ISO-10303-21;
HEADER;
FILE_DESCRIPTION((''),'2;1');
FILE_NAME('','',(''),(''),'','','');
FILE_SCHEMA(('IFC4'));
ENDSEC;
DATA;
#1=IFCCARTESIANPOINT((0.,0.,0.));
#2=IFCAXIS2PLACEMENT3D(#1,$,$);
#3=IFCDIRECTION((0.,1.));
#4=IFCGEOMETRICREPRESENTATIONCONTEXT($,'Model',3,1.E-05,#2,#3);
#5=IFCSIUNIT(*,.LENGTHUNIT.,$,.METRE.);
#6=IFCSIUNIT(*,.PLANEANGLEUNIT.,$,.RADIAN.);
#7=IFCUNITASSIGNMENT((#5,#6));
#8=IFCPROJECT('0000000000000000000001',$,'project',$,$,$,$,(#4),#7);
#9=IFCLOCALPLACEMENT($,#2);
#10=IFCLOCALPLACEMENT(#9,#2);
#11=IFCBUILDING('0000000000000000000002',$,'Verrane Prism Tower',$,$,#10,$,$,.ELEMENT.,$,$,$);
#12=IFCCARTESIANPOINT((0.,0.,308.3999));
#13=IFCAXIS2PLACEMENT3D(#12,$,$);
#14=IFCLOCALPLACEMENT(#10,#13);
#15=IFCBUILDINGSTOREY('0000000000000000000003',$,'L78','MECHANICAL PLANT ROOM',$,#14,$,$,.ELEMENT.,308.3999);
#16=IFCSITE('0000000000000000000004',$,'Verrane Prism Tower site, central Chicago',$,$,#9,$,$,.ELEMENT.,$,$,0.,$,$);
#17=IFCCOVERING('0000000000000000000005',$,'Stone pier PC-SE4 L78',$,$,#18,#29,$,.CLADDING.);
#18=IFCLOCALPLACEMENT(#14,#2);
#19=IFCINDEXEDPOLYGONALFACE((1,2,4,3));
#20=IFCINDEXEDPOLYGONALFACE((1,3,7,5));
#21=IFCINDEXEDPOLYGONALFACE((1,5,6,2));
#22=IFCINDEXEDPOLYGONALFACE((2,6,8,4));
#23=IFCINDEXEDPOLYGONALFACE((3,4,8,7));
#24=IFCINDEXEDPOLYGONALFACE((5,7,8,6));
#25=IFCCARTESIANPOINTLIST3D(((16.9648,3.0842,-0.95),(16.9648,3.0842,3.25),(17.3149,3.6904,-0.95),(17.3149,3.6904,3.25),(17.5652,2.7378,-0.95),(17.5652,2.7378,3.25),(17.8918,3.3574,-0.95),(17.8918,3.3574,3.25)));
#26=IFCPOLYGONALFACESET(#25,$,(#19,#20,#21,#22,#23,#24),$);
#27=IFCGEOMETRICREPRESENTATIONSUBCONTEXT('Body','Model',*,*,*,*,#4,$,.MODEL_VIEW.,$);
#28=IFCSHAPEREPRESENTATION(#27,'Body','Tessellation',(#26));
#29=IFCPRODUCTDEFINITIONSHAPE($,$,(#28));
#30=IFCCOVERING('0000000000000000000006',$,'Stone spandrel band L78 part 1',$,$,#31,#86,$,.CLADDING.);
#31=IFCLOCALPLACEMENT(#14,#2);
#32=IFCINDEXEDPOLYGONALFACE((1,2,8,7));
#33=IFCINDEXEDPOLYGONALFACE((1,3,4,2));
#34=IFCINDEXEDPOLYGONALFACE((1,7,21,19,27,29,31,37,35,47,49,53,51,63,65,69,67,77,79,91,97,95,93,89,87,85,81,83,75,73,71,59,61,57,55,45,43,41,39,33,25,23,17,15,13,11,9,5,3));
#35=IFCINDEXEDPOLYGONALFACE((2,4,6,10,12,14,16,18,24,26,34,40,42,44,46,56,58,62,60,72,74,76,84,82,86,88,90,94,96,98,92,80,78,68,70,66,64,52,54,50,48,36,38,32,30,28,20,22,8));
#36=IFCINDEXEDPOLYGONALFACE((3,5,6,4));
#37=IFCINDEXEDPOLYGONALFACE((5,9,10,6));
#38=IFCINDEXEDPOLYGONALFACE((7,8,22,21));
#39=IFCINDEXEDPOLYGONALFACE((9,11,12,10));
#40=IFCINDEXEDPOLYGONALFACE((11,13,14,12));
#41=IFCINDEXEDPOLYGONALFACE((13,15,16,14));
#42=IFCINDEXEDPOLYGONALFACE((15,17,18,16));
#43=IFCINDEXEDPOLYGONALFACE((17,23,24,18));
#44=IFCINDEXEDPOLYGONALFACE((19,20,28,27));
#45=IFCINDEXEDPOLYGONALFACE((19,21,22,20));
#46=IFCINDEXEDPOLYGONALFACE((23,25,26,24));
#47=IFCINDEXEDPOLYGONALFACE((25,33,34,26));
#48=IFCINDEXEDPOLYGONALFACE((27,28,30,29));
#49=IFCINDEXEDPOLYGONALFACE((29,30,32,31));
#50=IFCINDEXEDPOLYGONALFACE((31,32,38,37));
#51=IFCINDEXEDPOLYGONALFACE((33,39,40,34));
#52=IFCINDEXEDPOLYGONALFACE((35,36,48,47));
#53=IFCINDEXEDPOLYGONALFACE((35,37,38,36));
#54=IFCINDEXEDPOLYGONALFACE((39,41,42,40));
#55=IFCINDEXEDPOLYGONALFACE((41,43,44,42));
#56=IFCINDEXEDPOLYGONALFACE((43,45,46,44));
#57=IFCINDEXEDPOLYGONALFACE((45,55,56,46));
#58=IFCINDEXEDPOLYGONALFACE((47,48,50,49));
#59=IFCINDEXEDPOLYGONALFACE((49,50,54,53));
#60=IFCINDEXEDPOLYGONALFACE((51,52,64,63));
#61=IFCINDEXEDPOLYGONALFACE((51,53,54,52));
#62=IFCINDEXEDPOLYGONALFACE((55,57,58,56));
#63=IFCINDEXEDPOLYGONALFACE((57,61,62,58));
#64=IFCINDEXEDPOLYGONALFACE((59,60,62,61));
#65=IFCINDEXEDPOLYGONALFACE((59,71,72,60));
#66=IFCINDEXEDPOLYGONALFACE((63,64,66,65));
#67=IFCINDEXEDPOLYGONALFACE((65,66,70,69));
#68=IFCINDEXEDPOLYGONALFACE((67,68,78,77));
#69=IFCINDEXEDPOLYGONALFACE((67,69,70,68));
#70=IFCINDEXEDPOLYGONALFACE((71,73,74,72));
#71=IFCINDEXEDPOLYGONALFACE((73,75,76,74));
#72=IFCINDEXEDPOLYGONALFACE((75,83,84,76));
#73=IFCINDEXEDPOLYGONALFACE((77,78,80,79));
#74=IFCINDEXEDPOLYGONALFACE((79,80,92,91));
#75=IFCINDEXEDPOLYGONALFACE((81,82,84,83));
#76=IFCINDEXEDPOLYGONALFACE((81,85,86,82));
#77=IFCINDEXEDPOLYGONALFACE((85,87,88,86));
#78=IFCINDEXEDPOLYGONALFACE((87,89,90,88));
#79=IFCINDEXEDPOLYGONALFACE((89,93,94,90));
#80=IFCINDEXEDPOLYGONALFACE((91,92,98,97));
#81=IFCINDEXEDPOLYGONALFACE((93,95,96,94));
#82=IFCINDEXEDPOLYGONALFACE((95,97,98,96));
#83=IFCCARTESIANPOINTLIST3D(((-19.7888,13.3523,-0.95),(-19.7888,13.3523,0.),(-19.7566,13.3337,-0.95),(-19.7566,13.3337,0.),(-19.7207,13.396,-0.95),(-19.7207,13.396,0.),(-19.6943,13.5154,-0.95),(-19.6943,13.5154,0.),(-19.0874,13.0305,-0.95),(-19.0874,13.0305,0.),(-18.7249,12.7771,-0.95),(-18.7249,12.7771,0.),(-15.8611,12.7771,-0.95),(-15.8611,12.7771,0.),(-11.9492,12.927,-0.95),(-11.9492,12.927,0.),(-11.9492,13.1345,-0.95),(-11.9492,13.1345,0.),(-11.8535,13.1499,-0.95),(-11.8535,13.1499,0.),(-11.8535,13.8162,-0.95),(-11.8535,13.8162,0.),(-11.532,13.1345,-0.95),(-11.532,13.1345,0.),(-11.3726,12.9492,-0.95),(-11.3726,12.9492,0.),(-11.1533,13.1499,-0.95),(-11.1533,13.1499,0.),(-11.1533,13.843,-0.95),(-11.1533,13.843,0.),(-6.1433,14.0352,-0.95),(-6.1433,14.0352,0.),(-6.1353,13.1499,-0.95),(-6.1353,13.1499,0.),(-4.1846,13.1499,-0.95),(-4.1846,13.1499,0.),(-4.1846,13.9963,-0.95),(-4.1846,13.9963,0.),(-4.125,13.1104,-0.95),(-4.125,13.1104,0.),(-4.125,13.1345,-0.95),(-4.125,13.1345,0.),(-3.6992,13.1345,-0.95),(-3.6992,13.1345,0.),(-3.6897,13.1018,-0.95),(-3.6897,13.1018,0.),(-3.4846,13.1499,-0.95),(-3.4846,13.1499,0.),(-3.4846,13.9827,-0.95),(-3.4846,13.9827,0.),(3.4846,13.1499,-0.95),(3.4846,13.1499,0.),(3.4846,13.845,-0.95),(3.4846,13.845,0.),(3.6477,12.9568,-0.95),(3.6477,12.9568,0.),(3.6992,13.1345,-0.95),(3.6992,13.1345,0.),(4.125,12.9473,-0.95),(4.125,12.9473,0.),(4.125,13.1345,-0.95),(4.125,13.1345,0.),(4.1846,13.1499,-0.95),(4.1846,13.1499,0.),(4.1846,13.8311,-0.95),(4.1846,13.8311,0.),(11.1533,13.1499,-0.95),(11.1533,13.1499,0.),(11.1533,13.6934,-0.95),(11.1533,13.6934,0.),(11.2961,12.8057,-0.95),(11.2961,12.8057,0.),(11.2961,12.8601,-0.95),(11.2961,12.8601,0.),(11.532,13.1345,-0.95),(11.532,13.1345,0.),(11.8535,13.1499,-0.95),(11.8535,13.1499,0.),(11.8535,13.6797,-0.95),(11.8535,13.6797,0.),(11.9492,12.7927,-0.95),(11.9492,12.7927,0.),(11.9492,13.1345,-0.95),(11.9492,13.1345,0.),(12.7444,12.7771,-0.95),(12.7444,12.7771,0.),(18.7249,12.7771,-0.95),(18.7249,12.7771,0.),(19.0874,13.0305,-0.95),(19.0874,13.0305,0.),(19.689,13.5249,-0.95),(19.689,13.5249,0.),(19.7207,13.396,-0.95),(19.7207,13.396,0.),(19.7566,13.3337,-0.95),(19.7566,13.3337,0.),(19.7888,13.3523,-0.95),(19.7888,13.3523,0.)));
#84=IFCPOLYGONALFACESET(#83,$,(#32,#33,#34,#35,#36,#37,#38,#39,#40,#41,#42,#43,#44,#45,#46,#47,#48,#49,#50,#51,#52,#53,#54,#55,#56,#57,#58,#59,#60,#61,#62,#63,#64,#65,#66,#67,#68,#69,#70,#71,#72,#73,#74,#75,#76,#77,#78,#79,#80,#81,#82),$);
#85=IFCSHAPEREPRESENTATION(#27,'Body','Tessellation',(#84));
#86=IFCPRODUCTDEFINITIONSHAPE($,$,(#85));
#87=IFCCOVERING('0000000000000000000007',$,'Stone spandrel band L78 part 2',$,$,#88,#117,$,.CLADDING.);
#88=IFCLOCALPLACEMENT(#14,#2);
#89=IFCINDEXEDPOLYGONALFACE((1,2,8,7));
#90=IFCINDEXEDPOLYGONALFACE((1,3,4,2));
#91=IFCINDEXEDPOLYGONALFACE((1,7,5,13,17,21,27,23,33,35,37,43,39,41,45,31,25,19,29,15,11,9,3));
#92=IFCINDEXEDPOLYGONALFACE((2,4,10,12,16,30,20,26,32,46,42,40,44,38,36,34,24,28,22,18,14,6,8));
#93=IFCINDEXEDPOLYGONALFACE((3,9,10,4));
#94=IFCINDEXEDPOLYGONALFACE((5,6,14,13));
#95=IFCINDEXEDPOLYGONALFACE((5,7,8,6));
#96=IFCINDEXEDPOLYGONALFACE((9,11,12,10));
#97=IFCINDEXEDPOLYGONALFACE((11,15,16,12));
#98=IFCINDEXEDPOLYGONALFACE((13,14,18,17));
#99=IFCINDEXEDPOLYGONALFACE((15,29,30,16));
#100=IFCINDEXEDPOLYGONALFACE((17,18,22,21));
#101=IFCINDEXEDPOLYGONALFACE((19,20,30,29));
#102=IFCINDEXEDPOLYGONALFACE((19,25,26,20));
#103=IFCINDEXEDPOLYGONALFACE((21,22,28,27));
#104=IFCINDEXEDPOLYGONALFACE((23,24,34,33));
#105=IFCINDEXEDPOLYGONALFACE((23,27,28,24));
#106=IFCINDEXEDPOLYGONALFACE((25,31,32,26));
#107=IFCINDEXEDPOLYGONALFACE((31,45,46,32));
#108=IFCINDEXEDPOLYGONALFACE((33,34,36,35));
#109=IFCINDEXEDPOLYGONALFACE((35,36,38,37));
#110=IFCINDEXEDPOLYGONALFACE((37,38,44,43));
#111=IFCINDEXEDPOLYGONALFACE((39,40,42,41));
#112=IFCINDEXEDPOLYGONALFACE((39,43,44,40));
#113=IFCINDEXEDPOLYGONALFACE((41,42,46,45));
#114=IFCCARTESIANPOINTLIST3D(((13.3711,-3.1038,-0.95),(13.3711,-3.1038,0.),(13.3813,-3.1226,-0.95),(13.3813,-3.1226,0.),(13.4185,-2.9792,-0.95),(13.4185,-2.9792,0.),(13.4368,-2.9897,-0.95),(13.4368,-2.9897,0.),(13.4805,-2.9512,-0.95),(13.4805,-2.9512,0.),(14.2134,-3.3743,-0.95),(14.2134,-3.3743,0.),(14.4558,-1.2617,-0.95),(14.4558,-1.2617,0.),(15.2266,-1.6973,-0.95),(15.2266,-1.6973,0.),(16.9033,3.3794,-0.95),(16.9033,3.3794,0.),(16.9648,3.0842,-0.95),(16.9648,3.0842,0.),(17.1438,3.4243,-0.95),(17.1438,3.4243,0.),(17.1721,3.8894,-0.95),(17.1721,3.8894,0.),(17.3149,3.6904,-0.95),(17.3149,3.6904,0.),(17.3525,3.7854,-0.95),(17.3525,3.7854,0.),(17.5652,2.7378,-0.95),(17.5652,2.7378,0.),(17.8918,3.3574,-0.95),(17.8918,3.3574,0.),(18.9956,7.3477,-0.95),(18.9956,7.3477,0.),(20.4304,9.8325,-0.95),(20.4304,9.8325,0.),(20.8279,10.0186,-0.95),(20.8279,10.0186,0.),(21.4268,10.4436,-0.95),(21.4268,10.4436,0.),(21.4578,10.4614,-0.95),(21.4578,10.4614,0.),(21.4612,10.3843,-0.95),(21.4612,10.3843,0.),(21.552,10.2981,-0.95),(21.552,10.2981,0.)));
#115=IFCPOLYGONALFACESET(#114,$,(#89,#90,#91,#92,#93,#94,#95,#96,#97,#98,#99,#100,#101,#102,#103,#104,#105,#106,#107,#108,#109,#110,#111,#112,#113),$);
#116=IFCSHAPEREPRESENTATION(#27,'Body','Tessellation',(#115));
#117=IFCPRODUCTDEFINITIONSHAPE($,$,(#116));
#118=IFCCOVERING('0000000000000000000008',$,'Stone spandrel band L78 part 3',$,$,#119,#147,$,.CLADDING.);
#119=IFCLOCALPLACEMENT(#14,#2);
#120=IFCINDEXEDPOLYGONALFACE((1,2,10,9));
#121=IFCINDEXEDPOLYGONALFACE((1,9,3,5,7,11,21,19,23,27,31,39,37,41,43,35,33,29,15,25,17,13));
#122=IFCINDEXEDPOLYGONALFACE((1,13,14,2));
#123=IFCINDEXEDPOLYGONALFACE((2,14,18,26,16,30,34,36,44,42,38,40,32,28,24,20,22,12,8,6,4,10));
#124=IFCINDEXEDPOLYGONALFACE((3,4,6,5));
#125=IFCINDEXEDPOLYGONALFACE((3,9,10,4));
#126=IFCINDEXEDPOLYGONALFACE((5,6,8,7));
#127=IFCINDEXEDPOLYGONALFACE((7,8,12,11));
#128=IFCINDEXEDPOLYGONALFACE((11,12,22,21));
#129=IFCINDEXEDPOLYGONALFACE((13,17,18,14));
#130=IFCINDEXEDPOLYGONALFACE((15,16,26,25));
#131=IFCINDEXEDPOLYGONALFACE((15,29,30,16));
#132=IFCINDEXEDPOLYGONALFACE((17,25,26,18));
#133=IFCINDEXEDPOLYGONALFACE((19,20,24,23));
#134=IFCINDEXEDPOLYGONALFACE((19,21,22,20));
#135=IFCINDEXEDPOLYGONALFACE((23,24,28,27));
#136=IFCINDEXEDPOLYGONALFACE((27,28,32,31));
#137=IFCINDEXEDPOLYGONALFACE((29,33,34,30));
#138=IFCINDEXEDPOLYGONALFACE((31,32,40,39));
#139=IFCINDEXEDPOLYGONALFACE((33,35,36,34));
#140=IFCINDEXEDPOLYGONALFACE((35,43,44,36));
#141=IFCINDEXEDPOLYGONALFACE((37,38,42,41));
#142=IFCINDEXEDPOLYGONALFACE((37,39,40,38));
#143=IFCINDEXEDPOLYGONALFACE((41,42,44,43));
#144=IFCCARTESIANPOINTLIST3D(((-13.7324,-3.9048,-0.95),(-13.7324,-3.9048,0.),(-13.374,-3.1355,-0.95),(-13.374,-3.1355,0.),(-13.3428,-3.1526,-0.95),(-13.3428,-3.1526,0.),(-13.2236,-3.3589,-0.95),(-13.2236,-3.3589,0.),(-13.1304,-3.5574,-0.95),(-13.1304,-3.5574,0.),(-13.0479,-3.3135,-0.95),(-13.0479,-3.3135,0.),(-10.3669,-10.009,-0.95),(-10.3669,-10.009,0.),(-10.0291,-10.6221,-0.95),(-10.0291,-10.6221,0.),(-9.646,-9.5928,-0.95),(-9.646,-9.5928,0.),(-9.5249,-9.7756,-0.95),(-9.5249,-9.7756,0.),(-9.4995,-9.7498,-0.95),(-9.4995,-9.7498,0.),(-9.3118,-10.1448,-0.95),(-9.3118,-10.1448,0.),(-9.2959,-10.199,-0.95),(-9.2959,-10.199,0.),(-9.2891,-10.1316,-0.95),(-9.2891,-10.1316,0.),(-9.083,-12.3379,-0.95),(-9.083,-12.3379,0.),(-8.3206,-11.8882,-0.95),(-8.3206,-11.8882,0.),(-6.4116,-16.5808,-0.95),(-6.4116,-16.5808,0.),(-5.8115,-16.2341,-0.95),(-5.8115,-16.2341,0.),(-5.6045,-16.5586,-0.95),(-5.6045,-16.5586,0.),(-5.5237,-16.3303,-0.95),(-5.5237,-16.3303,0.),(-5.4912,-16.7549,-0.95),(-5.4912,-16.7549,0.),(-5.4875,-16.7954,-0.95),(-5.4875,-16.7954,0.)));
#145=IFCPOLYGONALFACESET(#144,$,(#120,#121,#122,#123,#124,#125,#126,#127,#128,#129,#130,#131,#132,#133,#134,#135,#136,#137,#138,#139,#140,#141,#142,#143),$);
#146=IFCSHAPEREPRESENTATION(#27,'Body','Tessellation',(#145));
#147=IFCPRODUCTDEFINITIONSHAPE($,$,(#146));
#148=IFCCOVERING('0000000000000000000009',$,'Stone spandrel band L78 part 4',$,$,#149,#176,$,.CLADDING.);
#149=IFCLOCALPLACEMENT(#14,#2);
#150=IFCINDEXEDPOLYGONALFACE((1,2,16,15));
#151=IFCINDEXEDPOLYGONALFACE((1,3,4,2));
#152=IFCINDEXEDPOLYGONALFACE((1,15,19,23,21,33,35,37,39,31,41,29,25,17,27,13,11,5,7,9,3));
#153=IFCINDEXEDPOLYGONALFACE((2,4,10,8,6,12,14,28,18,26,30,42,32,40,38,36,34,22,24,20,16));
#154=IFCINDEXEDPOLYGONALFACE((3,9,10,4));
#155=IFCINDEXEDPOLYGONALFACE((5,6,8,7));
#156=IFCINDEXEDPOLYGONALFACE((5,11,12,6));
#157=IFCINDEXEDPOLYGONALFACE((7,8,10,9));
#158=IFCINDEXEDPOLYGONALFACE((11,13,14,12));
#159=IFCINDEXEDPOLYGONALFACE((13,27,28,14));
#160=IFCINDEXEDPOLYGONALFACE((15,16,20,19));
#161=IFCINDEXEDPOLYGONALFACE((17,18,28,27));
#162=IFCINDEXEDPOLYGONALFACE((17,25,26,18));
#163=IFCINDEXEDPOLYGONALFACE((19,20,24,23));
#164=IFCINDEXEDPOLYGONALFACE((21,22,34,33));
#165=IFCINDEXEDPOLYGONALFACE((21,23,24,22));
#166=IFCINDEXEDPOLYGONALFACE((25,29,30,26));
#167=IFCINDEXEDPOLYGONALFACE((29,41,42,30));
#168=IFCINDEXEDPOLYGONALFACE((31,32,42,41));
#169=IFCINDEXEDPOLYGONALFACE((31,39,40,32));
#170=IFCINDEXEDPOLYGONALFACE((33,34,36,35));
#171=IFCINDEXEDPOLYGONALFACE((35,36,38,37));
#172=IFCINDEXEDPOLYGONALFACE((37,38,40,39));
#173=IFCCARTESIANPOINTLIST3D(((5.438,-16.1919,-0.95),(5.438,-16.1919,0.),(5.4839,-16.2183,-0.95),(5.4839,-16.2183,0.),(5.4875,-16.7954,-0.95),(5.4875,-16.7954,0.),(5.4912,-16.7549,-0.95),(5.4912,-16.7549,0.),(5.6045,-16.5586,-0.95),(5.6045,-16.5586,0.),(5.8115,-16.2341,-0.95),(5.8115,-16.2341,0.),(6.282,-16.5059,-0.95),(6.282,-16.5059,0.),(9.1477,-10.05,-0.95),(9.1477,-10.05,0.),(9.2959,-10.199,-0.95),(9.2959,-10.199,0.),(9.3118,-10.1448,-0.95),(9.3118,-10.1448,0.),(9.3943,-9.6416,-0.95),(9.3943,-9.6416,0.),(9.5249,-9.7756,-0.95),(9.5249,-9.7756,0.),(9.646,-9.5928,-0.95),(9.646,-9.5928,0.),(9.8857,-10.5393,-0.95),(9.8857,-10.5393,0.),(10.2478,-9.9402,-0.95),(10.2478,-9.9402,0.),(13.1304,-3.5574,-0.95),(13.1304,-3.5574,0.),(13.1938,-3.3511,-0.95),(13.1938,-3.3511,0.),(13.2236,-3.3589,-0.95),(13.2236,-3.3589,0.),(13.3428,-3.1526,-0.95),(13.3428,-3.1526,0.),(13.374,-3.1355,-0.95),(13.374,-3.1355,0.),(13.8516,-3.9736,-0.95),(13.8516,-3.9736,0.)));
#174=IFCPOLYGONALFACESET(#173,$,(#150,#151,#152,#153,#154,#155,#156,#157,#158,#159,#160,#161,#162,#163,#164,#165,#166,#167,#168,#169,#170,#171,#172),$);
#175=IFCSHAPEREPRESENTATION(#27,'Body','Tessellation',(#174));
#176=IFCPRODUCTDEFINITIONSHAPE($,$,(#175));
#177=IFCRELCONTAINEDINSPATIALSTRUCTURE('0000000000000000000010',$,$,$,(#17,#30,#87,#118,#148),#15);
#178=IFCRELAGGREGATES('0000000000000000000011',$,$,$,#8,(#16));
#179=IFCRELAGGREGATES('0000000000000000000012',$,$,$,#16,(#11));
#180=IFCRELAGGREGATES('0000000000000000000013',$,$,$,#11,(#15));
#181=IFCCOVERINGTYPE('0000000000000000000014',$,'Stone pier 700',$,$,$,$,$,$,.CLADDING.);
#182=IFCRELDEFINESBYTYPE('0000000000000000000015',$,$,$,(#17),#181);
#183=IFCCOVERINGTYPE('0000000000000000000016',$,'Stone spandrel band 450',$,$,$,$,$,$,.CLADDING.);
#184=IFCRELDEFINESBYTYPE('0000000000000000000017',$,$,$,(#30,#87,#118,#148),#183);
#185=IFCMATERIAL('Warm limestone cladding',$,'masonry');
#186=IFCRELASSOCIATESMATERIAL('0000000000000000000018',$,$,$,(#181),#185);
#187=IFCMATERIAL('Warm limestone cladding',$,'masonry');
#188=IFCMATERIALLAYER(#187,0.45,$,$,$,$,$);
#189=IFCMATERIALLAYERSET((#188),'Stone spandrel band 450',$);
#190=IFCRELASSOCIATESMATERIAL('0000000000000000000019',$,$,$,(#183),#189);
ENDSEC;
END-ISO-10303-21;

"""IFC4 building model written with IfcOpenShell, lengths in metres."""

from ifc_helpers import new_model, si_unit, direction, frame, origin, place, context, subcontext, project, spatial, polyline, outline, extrude, material, layer, layer_set, type_object, element, save


model = new_model("IFC4")

# Units and contexts
model_context = context("Model", 3, precision=1e-05, world=origin(), true_north=direction((0.0, 1.0)))
body_context = subcontext(model_context, "Body", "Model", "MODEL_VIEW")
ifc_project = project(units=[si_unit("LENGTHUNIT", "METRE"), si_unit("PLANEANGLEUNIT", "RADIAN")], contexts=[model_context])

# Site, building, storey
site_placement = place(None, origin())
site = spatial("IfcSite", under=ifc_project, at=site_placement, Name="Verrane Prism Tower site, central Chicago", CompositionType="ELEMENT", RefElevation=0.0)
building_placement = place(site_placement, origin())
building = spatial("IfcBuilding", under=site, at=building_placement, Name="Verrane Prism Tower", CompositionType="ELEMENT")
storey_placement = place(building_placement, frame((0.0, 0.0, 308.3999)))
storey = spatial("IfcBuildingStorey", under=building, at=storey_placement, Name="L78", Description="MECHANICAL PLANT ROOM", CompositionType="ELEMENT", Elevation=308.3999)

# Coverings
ifc_material_1 = material(Name="Warm limestone cladding", Category="masonry")
covering_type_1 = type_object("IfcCoveringType", Name="Stone pier 700", PredefinedType="CLADDING", material=ifc_material_1)
covering_1_placement = place(storey_placement, frame((0.0, 0.0, -0.95)))
element("IfcCovering", 1, at=covering_1_placement, inside=storey, type_object=covering_type_1, Name="Stone pier PC-SE4 L78", PredefinedType="CLADDING", context=body_context, shape_type="SweptSolid", body=[
    extrude(outline(polyline([(17.3149, 3.6904), (16.9648, 3.0842), (17.5652, 2.7378), (17.8918, 3.3574), (17.3149, 3.6904)])), origin(), (0.0, 0.0, 1.0), 4.2),
])
ifc_material_2 = material(Name="Warm limestone cladding", Category="masonry")
ifc_layer_1 = layer(ifc_material_2, 0.45)
ifc_layer_set_1 = layer_set([ifc_layer_1], Name="Stone spandrel band 450")
covering_type_2 = type_object("IfcCoveringType", Name="Stone spandrel band 450", PredefinedType="CLADDING", material=ifc_layer_set_1)
covering_2_placement = place(storey_placement, frame((0.0, 0.0, -0.95)))
element("IfcCovering", 2, at=covering_2_placement, inside=storey, type_object=covering_type_2, Name="Stone spandrel band L78 part 1", PredefinedType="CLADDING", context=body_context, shape_type="SweptSolid", body=[
    extrude(outline(polyline([(-19.7888, 13.3523), (-19.7566, 13.3337), (-19.7207, 13.396), (-19.0874, 13.0305), (-18.7249, 12.7771), (-15.8611, 12.7771), (-11.9492, 12.927), (-11.9492, 13.1345), (-11.532, 13.1345), (-11.3726, 12.9492), (-6.1353, 13.1499), (-4.125, 13.1104), (-4.125, 13.1345), (-3.6992, 13.1345), (-3.6897, 13.1018), (3.6477, 12.9568), (3.6992, 13.1345), (4.125, 13.1345), (4.125, 12.9473), (11.2961, 12.8057), (11.2961, 12.8601), (11.532, 13.1345), (11.9492, 13.1345), (11.9492, 12.7927), (12.7444, 12.7771), (18.7249, 12.7771), (19.0874, 13.0305), (19.7207, 13.396), (19.7566, 13.3337), (19.7888, 13.3523), (19.689, 13.5249), (11.8535, 13.6797), (11.8535, 13.1499), (11.1533, 13.1499), (11.1533, 13.6934), (4.1846, 13.8311), (4.1846, 13.1499), (3.4846, 13.1499), (3.4846, 13.845), (-3.4846, 13.9827), (-3.4846, 13.1499), (-4.1846, 13.1499), (-4.1846, 13.9963), (-6.1433, 14.0352), (-11.1533, 13.843), (-11.1533, 13.1499), (-11.8535, 13.1499), (-11.8535, 13.8162), (-19.6943, 13.5154), (-19.7888, 13.3523)])), origin(), (0.0, 0.0, 1.0), 0.95),
])
covering_3_placement = place(storey_placement, frame((0.0, 0.0, -0.95)))
element("IfcCovering", 3, at=covering_3_placement, inside=storey, type_object=covering_type_2, Name="Stone spandrel band L78 part 2", PredefinedType="CLADDING", context=body_context, shape_type="SweptSolid", body=[
    extrude(outline(polyline([(21.4578, 10.4614), (21.4268, 10.4436), (21.4612, 10.3843), (20.8279, 10.0186), (20.4304, 9.8325), (18.9956, 7.3477), (17.1721, 3.8894), (17.3525, 3.7854), (17.1438, 3.4243), (16.9033, 3.3794), (14.4558, -1.2617), (13.4185, -2.9792), (13.4368, -2.9897), (13.3711, -3.1038), (13.3813, -3.1226), (13.4805, -2.9512), (14.2134, -3.3743), (15.2266, -1.6973), (17.5652, 2.7378), (16.9648, 3.0842), (17.3149, 3.6904), (17.8918, 3.3574), (21.552, 10.2981), (21.4578, 10.4614)])), origin(), (0.0, 0.0, 1.0), 0.95),
])
covering_4_placement = place(storey_placement, frame((0.0, 0.0, -0.95)))
element("IfcCovering", 4, at=covering_4_placement, inside=storey, type_object=covering_type_2, Name="Stone spandrel band L78 part 3", PredefinedType="CLADDING", context=body_context, shape_type="SweptSolid", body=[
    extrude(outline(polyline([(-6.4116, -16.5808), (-5.8115, -16.2341), (-5.4875, -16.7954), (-5.4912, -16.7549), (-5.6045, -16.5586), (-5.5237, -16.3303), (-8.3206, -11.8882), (-9.2891, -10.1316), (-9.3118, -10.1448), (-9.5249, -9.7756), (-9.4995, -9.7498), (-13.0479, -3.3135), (-13.2236, -3.3589), (-13.3428, -3.1526), (-13.374, -3.1355), (-13.1304, -3.5574), (-13.7324, -3.9048), (-10.3669, -10.009), (-9.646, -9.5928), (-9.2959, -10.199), (-10.0291, -10.6221), (-9.083, -12.3379), (-6.4116, -16.5808)])), origin(), (0.0, 0.0, 1.0), 0.95),
])
covering_5_placement = place(storey_placement, frame((0.0, 0.0, -0.95)))
element("IfcCovering", 5, at=covering_5_placement, inside=storey, type_object=covering_type_2, Name="Stone spandrel band L78 part 4", PredefinedType="CLADDING", context=body_context, shape_type="SweptSolid", body=[
    extrude(outline(polyline([(13.8516, -3.9736), (13.1304, -3.5574), (13.374, -3.1355), (13.3428, -3.1526), (13.2236, -3.3589), (13.1938, -3.3511), (9.3943, -9.6416), (9.5249, -9.7756), (9.3118, -10.1448), (9.1477, -10.05), (5.438, -16.1919), (5.4839, -16.2183), (5.6045, -16.5586), (5.4912, -16.7549), (5.4875, -16.7954), (5.8115, -16.2341), (6.282, -16.5059), (9.8857, -10.5393), (9.2959, -10.199), (9.646, -9.5928), (10.2478, -9.9402), (13.8516, -3.9736)])), origin(), (0.0, 0.0, 1.0), 0.95),
])

save(model, "model.ifc")
